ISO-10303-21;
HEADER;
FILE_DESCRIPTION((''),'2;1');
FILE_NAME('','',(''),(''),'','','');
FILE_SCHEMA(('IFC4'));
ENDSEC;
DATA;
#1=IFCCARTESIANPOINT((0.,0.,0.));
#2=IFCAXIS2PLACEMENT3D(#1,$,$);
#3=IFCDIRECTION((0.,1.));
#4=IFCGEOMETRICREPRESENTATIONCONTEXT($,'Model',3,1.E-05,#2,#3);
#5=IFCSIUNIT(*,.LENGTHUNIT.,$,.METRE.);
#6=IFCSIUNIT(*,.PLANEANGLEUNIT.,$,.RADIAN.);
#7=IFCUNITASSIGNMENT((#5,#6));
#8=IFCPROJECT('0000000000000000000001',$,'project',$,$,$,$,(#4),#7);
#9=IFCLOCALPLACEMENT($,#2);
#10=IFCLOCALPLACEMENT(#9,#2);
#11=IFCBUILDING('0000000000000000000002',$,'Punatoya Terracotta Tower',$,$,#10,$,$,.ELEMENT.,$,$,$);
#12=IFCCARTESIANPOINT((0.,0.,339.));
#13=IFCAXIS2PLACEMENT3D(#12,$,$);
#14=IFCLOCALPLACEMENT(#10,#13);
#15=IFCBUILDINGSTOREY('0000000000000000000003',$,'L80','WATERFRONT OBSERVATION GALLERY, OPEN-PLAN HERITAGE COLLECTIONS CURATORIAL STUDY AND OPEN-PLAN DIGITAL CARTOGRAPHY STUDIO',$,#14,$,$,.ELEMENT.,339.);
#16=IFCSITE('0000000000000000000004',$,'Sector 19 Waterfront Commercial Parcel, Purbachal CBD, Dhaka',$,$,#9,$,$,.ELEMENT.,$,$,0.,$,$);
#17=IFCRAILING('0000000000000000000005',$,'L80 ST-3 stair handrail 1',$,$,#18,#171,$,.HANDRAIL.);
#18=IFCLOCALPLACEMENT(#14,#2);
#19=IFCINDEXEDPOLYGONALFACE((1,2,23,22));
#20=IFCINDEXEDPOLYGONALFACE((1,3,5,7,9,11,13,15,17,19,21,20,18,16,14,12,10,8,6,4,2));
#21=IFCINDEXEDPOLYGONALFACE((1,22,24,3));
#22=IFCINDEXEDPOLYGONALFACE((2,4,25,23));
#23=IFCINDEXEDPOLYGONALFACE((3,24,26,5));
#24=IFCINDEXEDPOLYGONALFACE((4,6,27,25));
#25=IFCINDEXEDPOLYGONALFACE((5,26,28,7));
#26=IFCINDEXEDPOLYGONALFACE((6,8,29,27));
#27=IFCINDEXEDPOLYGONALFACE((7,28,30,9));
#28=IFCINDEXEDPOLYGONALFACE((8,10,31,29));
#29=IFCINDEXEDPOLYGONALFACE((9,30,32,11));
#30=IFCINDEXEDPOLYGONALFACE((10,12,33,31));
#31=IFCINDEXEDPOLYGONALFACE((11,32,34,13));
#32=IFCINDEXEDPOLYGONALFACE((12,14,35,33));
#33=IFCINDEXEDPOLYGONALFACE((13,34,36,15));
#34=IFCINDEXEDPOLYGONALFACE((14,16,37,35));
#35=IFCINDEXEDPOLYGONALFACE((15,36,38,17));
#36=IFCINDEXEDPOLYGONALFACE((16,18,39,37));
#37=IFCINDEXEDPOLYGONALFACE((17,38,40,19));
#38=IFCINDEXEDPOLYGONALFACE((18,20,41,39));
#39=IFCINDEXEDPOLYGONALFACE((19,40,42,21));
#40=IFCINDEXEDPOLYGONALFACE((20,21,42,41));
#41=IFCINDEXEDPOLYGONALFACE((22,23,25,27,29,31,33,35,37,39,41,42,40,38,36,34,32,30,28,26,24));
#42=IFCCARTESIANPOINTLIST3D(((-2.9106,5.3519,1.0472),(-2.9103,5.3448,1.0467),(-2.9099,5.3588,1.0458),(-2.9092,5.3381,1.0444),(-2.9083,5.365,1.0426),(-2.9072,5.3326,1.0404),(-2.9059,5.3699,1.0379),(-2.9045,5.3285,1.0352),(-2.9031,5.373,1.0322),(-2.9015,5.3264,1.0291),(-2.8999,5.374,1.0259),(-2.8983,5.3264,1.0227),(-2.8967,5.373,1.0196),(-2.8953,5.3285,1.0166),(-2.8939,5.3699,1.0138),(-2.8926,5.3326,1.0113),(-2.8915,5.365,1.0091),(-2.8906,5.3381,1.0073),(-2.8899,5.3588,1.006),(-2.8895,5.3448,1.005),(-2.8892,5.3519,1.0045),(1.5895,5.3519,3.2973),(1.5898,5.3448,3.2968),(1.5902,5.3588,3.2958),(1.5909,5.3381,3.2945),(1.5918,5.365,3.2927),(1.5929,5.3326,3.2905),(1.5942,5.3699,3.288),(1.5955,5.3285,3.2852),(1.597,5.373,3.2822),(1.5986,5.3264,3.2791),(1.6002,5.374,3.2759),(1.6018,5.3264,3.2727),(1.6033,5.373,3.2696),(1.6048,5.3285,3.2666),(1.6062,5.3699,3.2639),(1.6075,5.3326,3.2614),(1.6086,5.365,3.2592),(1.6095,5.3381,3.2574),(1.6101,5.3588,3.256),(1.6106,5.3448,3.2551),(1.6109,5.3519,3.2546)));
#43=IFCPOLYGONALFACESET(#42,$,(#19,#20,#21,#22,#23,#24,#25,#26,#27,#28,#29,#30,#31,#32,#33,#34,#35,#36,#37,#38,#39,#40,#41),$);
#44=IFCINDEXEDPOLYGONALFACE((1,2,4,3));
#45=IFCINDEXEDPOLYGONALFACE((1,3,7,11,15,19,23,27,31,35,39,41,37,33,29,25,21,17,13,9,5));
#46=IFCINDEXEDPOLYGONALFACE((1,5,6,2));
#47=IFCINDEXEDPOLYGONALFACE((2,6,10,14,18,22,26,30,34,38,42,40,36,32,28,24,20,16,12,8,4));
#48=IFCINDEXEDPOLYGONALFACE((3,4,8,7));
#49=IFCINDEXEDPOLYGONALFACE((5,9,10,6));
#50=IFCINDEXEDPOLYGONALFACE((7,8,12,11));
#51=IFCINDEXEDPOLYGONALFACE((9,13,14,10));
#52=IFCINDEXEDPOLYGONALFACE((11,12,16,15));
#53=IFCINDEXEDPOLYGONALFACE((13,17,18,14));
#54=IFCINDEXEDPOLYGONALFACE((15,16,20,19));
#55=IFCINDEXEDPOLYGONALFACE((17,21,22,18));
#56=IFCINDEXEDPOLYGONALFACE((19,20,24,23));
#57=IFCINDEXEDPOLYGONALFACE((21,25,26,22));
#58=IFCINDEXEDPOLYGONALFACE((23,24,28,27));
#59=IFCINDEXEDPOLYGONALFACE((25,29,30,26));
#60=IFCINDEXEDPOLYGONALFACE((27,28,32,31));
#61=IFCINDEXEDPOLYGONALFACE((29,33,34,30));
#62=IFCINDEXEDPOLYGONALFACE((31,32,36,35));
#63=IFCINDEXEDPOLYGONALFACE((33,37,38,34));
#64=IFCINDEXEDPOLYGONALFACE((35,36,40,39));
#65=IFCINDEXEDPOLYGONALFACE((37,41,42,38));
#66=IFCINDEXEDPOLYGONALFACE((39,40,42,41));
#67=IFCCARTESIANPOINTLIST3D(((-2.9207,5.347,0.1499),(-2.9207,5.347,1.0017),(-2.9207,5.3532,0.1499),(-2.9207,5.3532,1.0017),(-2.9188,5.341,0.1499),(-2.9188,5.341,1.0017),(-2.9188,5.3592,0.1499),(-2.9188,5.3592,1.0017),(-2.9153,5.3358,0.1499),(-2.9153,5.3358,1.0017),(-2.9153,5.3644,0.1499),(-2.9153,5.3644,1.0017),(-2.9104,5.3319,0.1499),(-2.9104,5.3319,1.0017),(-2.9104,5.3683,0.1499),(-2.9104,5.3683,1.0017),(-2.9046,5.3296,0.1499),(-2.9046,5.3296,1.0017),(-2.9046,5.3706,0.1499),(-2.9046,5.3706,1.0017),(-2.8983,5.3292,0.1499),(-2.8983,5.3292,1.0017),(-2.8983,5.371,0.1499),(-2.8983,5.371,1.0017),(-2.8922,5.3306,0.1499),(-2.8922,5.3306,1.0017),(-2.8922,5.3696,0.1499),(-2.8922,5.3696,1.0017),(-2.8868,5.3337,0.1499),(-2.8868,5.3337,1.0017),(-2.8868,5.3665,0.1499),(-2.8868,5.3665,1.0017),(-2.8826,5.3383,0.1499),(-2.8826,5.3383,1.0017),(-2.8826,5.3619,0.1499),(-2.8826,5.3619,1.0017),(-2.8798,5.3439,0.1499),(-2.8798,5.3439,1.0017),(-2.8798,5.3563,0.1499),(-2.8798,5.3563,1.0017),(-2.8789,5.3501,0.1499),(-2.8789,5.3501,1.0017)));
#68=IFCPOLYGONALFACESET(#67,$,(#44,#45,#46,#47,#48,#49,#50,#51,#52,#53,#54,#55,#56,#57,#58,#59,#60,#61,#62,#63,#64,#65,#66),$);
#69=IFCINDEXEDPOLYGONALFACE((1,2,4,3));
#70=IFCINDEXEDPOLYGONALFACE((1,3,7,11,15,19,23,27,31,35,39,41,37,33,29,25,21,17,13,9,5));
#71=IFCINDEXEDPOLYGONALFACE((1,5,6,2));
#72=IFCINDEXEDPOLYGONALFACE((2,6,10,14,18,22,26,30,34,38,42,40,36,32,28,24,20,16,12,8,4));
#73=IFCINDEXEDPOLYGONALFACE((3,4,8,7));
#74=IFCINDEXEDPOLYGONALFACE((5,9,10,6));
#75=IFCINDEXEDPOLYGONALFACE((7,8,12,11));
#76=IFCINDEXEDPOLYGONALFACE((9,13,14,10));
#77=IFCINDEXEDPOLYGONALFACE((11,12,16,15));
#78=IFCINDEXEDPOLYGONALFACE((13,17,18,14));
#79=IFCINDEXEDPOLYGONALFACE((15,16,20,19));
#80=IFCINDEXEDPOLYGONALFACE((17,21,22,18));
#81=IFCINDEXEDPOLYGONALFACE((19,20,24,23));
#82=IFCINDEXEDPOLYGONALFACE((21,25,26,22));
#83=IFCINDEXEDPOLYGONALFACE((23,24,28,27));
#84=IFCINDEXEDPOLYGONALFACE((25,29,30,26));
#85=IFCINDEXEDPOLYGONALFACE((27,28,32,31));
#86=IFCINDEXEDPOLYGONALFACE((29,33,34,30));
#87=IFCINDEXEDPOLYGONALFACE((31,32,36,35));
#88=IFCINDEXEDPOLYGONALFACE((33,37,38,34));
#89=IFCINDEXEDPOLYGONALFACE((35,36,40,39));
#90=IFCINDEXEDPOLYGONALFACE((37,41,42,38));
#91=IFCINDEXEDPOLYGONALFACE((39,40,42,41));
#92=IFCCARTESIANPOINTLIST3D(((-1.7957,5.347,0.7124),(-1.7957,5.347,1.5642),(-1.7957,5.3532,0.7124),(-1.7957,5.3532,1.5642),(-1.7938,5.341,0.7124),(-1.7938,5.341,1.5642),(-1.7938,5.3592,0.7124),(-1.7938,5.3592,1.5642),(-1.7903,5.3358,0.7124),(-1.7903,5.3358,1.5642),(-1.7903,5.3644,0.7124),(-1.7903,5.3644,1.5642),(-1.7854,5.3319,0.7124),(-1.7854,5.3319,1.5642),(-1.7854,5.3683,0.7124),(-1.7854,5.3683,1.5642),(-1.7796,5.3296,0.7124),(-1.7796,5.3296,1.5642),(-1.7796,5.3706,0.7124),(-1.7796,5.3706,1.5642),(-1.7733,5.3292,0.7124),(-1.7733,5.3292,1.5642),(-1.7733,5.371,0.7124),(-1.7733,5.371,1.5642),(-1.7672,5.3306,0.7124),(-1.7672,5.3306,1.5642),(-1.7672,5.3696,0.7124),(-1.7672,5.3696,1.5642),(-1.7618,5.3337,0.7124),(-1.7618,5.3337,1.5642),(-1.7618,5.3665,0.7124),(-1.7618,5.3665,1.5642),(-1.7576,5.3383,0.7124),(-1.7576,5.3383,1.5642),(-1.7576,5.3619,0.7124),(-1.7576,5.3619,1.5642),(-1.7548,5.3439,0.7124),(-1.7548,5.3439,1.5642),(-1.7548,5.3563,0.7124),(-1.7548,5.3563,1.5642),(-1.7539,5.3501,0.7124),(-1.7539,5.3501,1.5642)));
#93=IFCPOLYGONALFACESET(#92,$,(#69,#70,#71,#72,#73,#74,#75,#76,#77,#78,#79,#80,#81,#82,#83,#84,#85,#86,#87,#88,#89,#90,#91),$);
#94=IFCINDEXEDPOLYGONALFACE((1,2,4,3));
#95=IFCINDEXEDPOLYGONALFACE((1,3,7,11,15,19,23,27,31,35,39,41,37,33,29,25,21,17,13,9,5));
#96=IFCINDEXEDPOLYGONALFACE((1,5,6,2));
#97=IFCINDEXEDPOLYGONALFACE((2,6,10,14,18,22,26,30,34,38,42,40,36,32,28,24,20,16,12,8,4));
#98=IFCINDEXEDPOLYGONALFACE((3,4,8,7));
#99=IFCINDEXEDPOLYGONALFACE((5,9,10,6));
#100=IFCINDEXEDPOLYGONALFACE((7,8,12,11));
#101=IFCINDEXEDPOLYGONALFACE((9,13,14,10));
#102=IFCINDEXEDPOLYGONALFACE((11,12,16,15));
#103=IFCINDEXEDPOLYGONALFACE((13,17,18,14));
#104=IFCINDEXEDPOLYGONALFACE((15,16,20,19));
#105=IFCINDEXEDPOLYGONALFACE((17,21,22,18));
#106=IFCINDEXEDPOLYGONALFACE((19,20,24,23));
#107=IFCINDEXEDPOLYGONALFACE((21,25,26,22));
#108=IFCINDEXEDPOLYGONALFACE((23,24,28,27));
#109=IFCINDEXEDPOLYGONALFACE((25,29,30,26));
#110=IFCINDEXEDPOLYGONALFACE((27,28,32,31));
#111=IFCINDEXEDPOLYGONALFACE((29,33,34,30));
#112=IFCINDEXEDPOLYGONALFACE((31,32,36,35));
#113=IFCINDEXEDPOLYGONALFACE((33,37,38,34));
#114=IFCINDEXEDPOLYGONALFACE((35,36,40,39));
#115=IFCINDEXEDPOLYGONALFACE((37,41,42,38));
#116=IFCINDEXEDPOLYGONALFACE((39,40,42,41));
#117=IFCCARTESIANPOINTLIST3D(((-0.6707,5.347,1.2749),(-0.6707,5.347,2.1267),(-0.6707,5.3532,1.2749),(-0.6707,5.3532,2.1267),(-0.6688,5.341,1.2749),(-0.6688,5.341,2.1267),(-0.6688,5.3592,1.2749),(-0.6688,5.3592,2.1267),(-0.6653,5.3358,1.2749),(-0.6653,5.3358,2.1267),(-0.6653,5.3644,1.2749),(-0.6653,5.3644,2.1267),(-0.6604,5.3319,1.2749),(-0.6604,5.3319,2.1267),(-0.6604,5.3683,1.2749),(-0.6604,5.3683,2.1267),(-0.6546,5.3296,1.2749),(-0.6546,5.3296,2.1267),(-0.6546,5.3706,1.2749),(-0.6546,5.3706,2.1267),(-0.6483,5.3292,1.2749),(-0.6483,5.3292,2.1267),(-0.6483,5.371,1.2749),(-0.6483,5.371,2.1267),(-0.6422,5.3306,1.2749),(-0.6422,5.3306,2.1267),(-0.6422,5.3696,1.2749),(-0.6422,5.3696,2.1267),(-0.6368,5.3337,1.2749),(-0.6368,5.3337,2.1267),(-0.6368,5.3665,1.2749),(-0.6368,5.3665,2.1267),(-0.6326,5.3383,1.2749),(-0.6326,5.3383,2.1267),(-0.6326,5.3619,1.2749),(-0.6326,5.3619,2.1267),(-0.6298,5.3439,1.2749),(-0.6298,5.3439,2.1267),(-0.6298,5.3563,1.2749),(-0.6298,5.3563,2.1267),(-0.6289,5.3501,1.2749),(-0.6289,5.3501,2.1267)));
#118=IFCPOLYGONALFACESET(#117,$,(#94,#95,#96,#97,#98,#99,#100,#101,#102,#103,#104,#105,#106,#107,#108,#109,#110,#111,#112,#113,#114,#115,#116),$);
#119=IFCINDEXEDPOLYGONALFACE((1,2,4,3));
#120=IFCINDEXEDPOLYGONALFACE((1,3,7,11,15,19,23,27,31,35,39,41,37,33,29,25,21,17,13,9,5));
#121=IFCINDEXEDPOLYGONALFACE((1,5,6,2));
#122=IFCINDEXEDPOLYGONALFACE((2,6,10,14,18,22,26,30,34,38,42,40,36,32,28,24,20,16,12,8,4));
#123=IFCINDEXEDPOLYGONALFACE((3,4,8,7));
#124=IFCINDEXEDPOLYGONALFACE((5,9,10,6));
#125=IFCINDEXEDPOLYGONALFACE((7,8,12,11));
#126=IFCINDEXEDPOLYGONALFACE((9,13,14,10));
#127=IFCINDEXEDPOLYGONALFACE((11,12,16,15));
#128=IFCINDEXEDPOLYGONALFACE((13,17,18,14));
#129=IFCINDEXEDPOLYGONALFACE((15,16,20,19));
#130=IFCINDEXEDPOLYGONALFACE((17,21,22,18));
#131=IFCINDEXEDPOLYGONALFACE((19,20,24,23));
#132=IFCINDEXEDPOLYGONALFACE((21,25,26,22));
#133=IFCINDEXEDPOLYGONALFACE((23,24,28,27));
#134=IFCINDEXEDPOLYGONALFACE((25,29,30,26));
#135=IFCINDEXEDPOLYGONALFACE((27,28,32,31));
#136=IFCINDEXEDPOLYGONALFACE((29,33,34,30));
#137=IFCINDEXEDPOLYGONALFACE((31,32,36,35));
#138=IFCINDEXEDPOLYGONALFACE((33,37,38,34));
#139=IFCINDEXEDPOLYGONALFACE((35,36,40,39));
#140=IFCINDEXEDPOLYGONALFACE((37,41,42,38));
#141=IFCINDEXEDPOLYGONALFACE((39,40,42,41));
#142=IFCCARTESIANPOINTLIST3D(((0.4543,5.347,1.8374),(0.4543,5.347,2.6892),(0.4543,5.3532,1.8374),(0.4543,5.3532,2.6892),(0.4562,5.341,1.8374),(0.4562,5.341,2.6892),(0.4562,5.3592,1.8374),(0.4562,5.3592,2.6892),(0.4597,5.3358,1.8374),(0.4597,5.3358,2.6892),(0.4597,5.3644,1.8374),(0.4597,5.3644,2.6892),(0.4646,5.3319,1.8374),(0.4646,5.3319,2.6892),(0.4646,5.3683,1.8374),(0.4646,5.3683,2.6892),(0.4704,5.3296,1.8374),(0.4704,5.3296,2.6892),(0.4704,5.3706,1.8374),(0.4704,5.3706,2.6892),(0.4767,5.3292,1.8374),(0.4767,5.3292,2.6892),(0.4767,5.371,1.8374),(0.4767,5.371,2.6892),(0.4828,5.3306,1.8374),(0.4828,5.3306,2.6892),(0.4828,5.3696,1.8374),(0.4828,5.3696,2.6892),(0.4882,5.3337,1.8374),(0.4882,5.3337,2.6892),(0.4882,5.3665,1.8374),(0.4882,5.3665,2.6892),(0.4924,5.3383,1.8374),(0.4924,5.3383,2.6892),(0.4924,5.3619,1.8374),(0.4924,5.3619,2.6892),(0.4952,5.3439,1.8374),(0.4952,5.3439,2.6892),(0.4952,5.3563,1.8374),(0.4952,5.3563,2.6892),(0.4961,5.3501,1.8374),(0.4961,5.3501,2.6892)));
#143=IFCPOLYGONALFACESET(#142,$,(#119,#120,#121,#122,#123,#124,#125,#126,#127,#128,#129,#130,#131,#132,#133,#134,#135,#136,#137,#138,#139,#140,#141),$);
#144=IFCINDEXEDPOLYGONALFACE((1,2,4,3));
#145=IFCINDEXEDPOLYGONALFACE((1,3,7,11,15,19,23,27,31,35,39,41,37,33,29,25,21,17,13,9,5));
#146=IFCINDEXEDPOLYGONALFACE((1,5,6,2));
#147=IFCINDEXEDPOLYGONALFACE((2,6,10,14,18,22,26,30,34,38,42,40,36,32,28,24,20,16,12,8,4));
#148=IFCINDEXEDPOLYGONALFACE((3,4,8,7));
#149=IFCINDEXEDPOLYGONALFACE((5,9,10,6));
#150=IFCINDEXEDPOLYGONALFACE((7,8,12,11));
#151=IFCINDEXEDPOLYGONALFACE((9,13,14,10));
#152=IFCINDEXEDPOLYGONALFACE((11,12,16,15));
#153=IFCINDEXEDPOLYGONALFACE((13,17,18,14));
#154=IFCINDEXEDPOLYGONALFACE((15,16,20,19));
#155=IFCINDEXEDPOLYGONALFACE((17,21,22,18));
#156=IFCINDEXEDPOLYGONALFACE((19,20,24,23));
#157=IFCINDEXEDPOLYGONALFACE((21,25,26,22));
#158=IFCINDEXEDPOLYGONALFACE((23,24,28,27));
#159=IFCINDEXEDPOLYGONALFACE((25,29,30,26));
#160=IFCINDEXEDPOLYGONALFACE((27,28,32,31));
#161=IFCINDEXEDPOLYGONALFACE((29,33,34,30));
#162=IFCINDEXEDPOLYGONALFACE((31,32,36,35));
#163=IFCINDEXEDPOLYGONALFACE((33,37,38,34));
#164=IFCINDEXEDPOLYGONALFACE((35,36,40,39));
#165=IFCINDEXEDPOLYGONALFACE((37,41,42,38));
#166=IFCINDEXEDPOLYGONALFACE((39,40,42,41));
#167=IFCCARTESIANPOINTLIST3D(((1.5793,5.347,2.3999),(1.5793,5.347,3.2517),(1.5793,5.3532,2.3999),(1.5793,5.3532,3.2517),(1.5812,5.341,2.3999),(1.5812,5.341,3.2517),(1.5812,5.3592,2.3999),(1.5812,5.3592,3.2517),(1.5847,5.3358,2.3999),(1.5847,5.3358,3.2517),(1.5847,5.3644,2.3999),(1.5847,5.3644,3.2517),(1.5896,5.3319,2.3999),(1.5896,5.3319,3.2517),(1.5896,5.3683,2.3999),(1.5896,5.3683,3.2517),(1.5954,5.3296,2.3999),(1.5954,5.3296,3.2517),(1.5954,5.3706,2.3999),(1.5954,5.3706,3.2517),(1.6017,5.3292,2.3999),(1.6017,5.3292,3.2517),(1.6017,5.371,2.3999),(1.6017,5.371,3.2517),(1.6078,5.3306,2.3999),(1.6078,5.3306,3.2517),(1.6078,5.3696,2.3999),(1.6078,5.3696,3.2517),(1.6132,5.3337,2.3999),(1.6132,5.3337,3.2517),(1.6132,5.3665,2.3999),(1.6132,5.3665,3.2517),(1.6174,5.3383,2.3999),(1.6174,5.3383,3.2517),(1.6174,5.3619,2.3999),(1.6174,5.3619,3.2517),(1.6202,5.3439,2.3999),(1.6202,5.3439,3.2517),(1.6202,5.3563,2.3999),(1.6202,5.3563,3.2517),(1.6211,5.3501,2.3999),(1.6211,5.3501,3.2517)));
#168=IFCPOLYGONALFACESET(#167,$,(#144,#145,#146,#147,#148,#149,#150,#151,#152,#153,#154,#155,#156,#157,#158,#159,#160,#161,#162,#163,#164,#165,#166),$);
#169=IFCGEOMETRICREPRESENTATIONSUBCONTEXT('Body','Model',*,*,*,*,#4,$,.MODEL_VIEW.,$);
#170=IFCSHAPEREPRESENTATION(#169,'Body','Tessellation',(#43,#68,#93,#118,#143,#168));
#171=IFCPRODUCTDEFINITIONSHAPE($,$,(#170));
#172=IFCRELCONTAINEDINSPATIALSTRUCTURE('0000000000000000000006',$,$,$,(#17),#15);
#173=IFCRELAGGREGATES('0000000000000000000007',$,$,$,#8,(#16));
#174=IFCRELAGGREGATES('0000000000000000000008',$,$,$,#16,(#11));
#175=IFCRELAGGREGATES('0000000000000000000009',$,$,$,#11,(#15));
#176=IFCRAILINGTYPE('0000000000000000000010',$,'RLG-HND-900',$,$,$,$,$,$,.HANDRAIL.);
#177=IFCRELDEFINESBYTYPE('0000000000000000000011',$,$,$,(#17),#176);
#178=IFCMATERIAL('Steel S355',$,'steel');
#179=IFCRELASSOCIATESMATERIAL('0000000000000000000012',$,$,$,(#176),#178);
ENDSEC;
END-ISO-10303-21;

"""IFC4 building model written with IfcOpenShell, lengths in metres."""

from ifc_helpers import new_model, si_unit, direction, frame, origin, origin_2d, place, context, subcontext, project, spatial, circle, extrude, material, type_object, element, save


model = new_model("IFC4")

# Units and contexts
model_context = context("Model", 3, precision=1e-05, world=origin(), true_north=direction((0.0, 1.0)))
body_context = subcontext(model_context, "Body", "Model", "MODEL_VIEW")
ifc_project = project(units=[si_unit("LENGTHUNIT", "METRE"), si_unit("PLANEANGLEUNIT", "RADIAN")], contexts=[model_context])

# Site, building, storey
site_placement = place(None, origin())
site = spatial("IfcSite", under=ifc_project, at=site_placement, Name="Sector 19 Waterfront Commercial Parcel, Purbachal CBD, Dhaka", CompositionType="ELEMENT", RefElevation=0.0)
building_placement = place(site_placement, origin())
building = spatial("IfcBuilding", under=site, at=building_placement, Name="Punatoya Terracotta Tower", CompositionType="ELEMENT")
storey_placement = place(building_placement, frame((0.0, 0.0, 339.0)))
storey = spatial("IfcBuildingStorey", under=building, at=storey_placement, Name="L80", Description="WATERFRONT OBSERVATION GALLERY, OPEN-PLAN HERITAGE COLLECTIONS CURATORIAL STUDY AND OPEN-PLAN DIGITAL CARTOGRAPHY STUDIO", CompositionType="ELEMENT", Elevation=339.0)

# Shared definitions
ifc_material_1 = material(Name="Steel S355", Category="steel")

# Railing
railing_type_1 = type_object("IfcRailingType", Name="RLG-HND-900", PredefinedType="HANDRAIL", material=ifc_material_1)
railing_1_placement = place(storey_placement, frame((-2.8999, 5.3501, 0.1499)))
element("IfcRailing", 1, at=railing_1_placement, inside=storey, type_object=railing_type_1, Name="L80 ST-3 stair handrail 1", PredefinedType="HANDRAIL", context=body_context, shape_type="SweptSolid", body=[
    extrude(circle(Radius=0.0239, at=origin_2d()), frame((0.0, 0.0, 0.876), z_axis=(0.894427, 0.0, 0.447214), x_axis=(0.0, 1.0, 0.0)), (0.0, 0.0, 1.0), 5.0312),
    extrude(circle(Radius=0.021, at=origin_2d()), origin(), (0.0, 0.0, 1.0), 0.8518),
    extrude(circle(Radius=0.021, at=origin_2d()), frame((1.125, 0.0, 0.5625)), (0.0, 0.0, 1.0), 0.8518),
    extrude(circle(Radius=0.021, at=origin_2d()), frame((2.25, 0.0, 1.125)), (0.0, 0.0, 1.0), 0.8518),
    extrude(circle(Radius=0.021, at=origin_2d()), frame((3.375, 0.0, 1.6875)), (0.0, 0.0, 1.0), 0.8518),
    extrude(circle(Radius=0.021, at=origin_2d()), frame((4.5, 0.0, 2.25)), (0.0, 0.0, 1.0), 0.8518),
])

save(model, "model.ifc")
